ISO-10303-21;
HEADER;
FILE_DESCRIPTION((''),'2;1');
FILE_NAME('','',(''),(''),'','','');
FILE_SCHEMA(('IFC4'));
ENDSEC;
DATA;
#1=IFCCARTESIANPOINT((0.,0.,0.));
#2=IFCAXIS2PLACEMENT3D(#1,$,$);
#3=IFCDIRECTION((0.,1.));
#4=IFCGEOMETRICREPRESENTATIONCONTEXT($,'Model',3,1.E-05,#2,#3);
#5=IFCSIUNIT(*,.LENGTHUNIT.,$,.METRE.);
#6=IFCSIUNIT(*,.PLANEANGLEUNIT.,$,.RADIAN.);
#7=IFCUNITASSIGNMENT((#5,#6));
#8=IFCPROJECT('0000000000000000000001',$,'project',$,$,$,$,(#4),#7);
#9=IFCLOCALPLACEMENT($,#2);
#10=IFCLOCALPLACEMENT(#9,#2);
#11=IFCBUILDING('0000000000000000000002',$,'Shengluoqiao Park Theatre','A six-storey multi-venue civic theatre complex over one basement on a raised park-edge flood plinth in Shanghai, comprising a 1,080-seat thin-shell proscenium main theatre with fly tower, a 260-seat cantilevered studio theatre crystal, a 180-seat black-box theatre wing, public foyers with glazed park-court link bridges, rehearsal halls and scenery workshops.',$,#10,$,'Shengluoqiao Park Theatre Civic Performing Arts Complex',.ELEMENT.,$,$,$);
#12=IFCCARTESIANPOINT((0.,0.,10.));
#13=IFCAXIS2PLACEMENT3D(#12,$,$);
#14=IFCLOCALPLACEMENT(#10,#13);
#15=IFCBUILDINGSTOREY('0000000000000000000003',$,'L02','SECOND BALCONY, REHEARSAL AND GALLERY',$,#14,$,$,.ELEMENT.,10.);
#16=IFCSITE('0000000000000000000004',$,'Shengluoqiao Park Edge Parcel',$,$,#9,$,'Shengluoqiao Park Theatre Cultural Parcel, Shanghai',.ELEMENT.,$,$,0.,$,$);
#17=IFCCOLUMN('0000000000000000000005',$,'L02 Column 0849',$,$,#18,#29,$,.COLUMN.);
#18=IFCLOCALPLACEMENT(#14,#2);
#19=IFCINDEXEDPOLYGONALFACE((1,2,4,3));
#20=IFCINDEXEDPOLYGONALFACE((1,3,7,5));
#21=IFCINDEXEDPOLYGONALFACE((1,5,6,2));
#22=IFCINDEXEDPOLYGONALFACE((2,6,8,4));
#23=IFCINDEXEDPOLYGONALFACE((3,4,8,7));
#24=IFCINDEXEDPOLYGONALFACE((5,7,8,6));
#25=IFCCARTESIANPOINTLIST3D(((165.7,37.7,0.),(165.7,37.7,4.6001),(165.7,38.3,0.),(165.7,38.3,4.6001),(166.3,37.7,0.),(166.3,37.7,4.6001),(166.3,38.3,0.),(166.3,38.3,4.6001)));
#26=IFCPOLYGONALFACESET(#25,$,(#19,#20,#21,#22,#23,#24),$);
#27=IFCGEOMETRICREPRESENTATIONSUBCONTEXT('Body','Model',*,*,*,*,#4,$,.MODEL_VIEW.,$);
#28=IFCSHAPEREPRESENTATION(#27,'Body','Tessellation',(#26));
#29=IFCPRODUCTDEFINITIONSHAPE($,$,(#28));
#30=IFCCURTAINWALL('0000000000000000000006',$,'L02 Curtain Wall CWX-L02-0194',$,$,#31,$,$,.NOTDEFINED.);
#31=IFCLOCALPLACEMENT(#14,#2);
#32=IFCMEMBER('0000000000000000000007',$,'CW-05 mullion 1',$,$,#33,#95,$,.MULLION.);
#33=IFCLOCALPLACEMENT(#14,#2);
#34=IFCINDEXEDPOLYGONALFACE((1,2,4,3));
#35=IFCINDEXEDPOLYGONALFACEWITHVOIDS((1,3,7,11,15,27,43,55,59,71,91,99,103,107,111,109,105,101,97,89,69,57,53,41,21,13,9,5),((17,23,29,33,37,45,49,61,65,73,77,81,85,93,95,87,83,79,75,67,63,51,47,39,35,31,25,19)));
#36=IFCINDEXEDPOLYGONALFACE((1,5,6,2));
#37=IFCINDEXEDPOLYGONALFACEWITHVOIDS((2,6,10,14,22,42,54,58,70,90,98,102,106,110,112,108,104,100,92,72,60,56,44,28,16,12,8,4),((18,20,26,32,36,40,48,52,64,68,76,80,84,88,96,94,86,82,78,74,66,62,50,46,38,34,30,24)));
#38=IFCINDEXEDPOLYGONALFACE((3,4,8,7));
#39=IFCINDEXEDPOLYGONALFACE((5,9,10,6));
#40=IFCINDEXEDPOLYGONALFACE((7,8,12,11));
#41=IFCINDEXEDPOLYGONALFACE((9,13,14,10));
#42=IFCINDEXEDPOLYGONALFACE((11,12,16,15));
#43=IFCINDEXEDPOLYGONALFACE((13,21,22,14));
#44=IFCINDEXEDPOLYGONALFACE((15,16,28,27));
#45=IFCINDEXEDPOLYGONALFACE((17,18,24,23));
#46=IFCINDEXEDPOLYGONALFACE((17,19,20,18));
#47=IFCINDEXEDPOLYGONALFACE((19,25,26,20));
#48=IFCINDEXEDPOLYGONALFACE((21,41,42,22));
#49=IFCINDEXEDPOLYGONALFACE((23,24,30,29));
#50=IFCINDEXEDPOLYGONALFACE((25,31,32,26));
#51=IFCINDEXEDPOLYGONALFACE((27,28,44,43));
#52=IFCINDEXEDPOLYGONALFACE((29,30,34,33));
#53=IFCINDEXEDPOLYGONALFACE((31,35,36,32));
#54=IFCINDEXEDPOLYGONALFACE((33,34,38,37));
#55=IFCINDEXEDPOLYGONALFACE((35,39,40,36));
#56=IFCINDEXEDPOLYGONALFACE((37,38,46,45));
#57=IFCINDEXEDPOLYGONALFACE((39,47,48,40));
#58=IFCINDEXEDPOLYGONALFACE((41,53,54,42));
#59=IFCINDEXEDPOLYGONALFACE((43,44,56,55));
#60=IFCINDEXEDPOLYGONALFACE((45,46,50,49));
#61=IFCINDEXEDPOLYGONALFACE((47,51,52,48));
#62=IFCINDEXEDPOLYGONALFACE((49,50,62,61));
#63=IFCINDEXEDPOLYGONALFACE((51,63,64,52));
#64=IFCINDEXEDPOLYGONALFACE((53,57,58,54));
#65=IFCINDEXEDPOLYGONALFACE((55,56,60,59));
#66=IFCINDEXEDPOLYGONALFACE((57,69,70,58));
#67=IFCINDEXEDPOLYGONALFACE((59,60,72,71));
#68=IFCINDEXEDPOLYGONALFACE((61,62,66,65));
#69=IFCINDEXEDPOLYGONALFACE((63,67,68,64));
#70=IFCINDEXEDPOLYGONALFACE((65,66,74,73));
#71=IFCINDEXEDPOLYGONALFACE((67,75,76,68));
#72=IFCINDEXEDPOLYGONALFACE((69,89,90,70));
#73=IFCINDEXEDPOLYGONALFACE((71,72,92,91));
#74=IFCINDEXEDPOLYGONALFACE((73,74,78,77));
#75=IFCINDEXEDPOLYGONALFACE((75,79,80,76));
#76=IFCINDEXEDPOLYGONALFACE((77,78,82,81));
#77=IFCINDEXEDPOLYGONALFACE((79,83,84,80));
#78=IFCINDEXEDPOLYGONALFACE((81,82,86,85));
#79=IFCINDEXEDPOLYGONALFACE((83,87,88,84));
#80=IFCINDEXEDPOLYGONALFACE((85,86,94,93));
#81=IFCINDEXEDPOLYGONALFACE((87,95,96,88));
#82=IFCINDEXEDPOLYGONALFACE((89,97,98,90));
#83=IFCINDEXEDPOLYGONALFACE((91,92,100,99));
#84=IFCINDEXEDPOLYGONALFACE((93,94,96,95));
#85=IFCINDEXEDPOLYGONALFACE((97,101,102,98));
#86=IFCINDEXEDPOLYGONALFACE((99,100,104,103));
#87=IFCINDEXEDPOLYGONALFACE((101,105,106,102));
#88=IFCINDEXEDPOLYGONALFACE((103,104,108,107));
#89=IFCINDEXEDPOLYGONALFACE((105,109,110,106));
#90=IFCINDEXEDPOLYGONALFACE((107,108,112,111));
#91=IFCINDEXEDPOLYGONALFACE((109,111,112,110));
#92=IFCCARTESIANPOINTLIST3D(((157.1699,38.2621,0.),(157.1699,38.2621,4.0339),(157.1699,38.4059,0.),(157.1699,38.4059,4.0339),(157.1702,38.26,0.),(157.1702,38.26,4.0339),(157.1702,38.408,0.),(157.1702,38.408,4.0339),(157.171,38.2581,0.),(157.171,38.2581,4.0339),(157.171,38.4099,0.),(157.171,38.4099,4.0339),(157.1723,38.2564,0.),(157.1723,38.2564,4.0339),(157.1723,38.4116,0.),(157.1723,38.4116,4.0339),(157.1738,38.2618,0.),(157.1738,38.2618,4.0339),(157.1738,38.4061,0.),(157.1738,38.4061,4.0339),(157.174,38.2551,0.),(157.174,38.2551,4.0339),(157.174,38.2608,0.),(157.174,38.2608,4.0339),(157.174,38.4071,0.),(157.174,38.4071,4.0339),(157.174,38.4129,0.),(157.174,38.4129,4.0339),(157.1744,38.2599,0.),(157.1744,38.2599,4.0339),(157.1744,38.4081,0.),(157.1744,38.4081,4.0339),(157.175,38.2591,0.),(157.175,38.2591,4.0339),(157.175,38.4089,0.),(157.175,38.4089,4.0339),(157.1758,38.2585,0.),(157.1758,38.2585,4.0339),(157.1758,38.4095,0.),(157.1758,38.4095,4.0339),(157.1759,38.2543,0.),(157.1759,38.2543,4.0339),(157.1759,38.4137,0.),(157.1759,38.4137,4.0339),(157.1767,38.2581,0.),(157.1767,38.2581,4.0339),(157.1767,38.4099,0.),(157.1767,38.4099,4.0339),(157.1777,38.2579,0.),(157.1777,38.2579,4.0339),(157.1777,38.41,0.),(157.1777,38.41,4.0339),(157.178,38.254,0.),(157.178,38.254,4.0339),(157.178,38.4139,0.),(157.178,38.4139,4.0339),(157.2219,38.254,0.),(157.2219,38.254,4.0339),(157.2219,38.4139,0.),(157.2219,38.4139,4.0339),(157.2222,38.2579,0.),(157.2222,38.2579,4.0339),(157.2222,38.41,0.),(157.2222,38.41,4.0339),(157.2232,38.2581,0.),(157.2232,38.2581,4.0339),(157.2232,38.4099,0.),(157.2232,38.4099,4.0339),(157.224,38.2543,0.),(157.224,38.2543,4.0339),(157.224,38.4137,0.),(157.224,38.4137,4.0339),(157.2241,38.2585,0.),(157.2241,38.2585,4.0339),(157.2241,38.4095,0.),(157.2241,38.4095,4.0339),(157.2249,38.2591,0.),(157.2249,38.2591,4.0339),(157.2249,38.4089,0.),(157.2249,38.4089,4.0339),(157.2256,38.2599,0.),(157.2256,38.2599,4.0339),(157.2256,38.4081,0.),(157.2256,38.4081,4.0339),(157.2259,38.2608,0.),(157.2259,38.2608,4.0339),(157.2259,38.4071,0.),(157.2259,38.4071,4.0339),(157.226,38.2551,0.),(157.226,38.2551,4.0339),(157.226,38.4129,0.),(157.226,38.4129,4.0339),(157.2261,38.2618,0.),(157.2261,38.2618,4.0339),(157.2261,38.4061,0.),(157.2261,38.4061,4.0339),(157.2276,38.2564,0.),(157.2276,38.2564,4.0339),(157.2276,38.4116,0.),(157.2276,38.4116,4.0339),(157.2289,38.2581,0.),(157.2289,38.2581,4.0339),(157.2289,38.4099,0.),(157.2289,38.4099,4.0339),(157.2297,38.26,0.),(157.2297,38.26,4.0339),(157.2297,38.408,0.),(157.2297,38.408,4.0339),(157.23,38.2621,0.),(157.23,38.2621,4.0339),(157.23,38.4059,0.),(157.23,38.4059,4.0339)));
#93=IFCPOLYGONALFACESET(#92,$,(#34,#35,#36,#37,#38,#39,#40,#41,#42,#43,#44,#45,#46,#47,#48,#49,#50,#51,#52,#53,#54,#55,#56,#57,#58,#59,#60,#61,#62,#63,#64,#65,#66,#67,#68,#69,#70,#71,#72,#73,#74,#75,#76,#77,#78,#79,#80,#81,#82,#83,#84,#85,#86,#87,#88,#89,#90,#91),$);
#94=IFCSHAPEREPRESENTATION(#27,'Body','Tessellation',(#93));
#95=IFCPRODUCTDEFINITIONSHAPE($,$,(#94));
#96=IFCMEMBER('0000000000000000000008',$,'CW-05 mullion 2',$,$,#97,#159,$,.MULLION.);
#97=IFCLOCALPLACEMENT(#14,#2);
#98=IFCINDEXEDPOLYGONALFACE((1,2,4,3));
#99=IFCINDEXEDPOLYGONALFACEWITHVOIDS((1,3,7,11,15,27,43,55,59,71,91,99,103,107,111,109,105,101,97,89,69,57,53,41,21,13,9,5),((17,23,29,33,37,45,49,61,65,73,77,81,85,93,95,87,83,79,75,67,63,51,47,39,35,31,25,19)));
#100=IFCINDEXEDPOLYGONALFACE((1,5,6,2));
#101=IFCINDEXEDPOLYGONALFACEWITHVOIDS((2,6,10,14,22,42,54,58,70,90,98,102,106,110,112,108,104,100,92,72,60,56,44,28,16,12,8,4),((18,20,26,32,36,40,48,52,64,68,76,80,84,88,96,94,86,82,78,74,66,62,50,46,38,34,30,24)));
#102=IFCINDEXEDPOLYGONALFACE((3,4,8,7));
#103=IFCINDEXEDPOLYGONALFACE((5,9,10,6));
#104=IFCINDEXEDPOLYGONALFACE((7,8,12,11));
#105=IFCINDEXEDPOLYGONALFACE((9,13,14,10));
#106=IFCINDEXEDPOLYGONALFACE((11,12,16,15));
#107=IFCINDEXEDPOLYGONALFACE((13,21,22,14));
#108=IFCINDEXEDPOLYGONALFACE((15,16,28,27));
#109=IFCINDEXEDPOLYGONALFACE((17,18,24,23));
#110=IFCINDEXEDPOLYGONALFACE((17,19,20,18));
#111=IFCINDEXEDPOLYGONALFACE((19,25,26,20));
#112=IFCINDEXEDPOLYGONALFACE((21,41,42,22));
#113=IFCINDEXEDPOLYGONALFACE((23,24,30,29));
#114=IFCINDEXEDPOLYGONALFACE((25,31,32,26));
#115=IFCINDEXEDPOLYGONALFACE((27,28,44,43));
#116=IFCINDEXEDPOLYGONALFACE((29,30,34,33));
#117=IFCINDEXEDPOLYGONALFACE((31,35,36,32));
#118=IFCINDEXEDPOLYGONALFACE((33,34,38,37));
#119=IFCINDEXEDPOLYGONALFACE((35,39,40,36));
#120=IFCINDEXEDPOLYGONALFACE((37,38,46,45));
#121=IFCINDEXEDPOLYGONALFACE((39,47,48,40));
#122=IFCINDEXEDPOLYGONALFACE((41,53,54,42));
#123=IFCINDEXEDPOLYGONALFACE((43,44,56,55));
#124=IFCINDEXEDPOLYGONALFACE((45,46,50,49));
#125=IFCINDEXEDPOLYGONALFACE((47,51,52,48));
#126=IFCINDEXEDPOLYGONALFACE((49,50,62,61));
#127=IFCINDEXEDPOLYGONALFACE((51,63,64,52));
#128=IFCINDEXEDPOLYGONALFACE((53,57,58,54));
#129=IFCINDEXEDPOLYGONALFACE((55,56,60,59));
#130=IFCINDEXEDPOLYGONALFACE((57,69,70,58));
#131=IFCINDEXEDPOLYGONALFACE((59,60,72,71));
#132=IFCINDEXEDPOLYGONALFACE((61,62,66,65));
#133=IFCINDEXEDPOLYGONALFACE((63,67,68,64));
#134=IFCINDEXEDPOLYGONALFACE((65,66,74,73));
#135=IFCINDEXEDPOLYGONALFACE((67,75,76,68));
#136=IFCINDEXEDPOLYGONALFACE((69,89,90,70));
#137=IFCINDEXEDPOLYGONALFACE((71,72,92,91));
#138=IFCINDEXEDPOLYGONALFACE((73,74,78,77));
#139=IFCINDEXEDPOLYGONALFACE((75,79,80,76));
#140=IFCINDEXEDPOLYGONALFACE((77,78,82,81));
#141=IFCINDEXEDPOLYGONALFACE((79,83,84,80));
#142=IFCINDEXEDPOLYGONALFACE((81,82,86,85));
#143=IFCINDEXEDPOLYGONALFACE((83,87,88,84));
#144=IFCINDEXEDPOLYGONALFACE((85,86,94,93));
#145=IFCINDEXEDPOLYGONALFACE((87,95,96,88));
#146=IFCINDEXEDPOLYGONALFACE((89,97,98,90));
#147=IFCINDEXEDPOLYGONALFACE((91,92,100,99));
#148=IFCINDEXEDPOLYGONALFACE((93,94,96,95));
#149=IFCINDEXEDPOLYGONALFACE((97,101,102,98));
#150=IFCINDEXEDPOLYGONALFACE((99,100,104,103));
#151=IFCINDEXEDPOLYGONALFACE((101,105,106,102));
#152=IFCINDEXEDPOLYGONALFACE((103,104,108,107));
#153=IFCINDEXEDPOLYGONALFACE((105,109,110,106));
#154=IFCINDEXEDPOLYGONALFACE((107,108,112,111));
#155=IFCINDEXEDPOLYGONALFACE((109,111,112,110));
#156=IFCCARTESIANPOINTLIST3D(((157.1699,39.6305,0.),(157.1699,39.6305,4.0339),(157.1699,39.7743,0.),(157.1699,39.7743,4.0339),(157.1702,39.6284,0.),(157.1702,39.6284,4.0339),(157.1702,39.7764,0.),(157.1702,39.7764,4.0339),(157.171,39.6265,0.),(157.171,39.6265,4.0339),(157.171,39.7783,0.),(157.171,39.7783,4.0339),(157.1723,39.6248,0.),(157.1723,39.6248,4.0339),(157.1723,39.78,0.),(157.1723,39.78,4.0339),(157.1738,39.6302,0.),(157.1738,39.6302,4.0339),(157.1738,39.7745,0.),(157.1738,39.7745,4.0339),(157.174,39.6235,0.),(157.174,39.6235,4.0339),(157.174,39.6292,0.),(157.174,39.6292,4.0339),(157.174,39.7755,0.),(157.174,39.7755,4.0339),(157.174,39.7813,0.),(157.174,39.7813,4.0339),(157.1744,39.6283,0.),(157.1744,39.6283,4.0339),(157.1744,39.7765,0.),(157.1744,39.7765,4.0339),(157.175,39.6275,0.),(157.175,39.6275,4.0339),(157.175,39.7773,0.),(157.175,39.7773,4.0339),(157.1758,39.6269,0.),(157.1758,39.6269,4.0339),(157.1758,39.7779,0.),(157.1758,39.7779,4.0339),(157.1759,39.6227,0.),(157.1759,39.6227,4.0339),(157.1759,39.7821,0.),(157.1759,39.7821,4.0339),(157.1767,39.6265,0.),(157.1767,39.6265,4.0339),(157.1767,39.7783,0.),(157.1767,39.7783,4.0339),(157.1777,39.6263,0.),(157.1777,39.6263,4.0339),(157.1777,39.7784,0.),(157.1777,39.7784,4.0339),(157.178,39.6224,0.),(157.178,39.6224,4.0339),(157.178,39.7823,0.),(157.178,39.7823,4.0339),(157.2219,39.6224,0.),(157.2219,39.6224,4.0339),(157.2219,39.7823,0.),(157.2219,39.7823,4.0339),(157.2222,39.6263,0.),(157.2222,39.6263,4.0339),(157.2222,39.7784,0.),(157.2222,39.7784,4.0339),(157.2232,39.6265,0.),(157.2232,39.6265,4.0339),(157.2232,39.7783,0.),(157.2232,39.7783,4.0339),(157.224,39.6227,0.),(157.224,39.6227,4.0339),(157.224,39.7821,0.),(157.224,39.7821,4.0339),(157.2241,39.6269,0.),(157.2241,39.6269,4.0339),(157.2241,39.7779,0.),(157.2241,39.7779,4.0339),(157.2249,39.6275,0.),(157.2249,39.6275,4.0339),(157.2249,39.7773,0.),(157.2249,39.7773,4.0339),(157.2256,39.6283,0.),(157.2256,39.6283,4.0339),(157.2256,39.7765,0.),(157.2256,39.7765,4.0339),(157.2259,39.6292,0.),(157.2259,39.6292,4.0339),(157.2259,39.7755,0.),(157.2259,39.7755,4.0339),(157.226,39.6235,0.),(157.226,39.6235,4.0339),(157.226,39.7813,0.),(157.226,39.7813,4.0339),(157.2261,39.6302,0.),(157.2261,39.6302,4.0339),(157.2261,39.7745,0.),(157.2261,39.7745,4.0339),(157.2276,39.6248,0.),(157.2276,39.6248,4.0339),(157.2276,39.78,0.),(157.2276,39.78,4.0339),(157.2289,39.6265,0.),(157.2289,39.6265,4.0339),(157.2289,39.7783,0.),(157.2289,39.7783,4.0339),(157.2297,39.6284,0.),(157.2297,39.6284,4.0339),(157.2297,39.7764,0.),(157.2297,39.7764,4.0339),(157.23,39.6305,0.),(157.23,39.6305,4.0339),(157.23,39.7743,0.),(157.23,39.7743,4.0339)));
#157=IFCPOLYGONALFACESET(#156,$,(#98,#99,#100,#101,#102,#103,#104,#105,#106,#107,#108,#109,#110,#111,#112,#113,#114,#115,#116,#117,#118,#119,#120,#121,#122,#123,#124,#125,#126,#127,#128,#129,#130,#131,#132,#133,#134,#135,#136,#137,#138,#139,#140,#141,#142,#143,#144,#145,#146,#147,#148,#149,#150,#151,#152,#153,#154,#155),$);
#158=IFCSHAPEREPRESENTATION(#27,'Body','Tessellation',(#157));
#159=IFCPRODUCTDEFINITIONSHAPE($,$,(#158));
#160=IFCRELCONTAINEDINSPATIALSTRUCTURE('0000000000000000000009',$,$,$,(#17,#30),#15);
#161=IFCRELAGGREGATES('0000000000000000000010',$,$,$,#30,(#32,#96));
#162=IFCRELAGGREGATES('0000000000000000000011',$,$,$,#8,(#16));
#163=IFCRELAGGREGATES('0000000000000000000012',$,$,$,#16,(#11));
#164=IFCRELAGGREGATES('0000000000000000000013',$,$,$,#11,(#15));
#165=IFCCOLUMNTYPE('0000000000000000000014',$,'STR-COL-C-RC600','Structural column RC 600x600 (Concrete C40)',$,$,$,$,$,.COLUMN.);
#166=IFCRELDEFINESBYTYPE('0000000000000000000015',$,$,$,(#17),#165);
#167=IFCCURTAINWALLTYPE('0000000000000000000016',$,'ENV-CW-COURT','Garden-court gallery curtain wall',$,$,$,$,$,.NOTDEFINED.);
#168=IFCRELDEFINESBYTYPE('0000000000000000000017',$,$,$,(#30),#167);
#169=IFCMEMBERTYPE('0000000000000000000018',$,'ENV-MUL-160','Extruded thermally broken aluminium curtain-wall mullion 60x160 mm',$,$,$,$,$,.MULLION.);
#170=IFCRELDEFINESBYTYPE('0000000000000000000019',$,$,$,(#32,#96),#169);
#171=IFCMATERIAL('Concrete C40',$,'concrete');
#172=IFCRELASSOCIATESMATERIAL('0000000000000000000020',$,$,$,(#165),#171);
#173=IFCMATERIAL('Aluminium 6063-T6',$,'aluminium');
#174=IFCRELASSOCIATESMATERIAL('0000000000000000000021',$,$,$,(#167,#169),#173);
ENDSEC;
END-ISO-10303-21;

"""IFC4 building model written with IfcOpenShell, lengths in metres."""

from ifc_helpers import new_model, si_unit, direction, frame, origin, origin_2d, place, context, subcontext, project, spatial, rectangle, hollow_rectangle, extrude, material, material_profile, profile_set, type_object, element, aggregate, save


model = new_model("IFC4")

# Units and contexts
model_context = context("Model", 3, precision=1e-05, world=origin(), true_north=direction((0.0, 1.0)))
body_context = subcontext(model_context, "Body", "Model", "MODEL_VIEW")
ifc_project = project(units=[si_unit("LENGTHUNIT", "METRE"), si_unit("PLANEANGLEUNIT", "RADIAN")], contexts=[model_context])

# Site, building, storey
site_placement = place(None, origin())
site = spatial("IfcSite", under=ifc_project, at=site_placement, Name="Shengluoqiao Park Edge Parcel", LongName="Shengluoqiao Park Theatre Cultural Parcel, Shanghai", CompositionType="ELEMENT", RefElevation=0.0)
building_placement = place(site_placement, origin())
building = spatial("IfcBuilding", under=site, at=building_placement, Name="Shengluoqiao Park Theatre", Description="A six-storey multi-venue civic theatre complex over one basement on a raised park-edge flood plinth in Shanghai, comprising a 1,080-seat thin-shell proscenium main theatre with fly tower, a 260-seat cantilevered studio theatre crystal, a 180-seat black-box theatre wing, public foyers with glazed park-court link bridges, rehearsal halls and scenery workshops.", LongName="Shengluoqiao Park Theatre Civic Performing Arts Complex", CompositionType="ELEMENT")
storey_placement = place(building_placement, frame((0.0, 0.0, 10.0)))
storey = spatial("IfcBuildingStorey", under=building, at=storey_placement, Name="L02", Description="SECOND BALCONY, REHEARSAL AND GALLERY", CompositionType="ELEMENT", Elevation=10.0)

# Column
ifc_material_1 = material(Name="Concrete C40", Category="concrete")
ifc_material_profile_1 = material_profile(ifc_material_1, rectangle(XDim=0.6001, YDim=0.6001, at=origin_2d()), Name="RC 600x600")
ifc_profile_set_1 = profile_set([ifc_material_profile_1], Name="Concrete C40")
column_type = type_object("IfcColumnType", Name="STR-COL-C-RC600", Description="Structural column RC 600x600 (Concrete C40)", PredefinedType="COLUMN", material=ifc_profile_set_1)
column_placement = place(storey_placement, frame((166.0, 38.0, 0.0), z_axis=(0.0, 0.0, 1.0), x_axis=(1.0, 0.0, 0.0)))
element("IfcColumn", 1, at=column_placement, inside=storey, type_object=column_type, Name="L02 Column 0849", PredefinedType="COLUMN", context=body_context, shape_type="SweptSolid", body=[
    extrude(rectangle(XDim=0.6001, YDim=0.6001, at=origin_2d()), origin(), (0.0, 0.0, 1.0), 4.6001),
])

# Curtain wall, members
ifc_material_2 = material(Name="Aluminium 6063-T6", Category="aluminium")
curtain_wall_type = type_object("IfcCurtainWallType", Name="ENV-CW-COURT", Description="Garden-court gallery curtain wall", PredefinedType="NOTDEFINED", material=ifc_material_2)
curtain_wall_placement = place(storey_placement, origin())
curtain_wall = element("IfcCurtainWall", 2, at=curtain_wall_placement, inside=storey, type_object=curtain_wall_type, Name="L02 Curtain Wall CWX-L02-0194", PredefinedType="NOTDEFINED")
ifc_material_profile_2 = material_profile(ifc_material_2, hollow_rectangle(XDim=0.0601, YDim=0.1599, WallThickness=0.0039, InnerFilletRadius=0.0039, OuterFilletRadius=0.0081, at=origin_2d()), Name="ALU MULLION 160x60x4")
ifc_profile_set_2 = profile_set([ifc_material_profile_2], Name="Aluminium 6063-T6")
member_type_1 = type_object("IfcMemberType", Name="ENV-MUL-160", Description="Extruded thermally broken aluminium curtain-wall mullion 60x160 mm", PredefinedType="MULLION", material=ifc_profile_set_2)
member_1_placement = place(storey_placement, frame((157.2, 38.334, 0.0), z_axis=(0.0, 0.0, 1.0), x_axis=(-1.0, 0.0, 0.0)))
member_1 = element("IfcMember", 3, at=member_1_placement, type_object=member_type_1, Name="CW-05 mullion 1", PredefinedType="MULLION", context=body_context, shape_type="SweptSolid", body=[
    extrude(hollow_rectangle(XDim=0.0601, YDim=0.1599, WallThickness=0.0039, InnerFilletRadius=0.0039, OuterFilletRadius=0.0081, at=origin_2d()), origin(), (0.0, 0.0, 1.0), 4.0339),
])
member_2_placement = place(storey_placement, frame((157.2, 39.7024, 0.0), z_axis=(0.0, 0.0, 1.0), x_axis=(-1.0, 0.0, 0.0)))
member_2 = element("IfcMember", 4, at=member_2_placement, type_object=member_type_1, Name="CW-05 mullion 2", PredefinedType="MULLION", context=body_context, shape_type="SweptSolid", body=[
    extrude(hollow_rectangle(XDim=0.0601, YDim=0.1599, WallThickness=0.0039, InnerFilletRadius=0.0039, OuterFilletRadius=0.0081, at=origin_2d()), origin(), (0.0, 0.0, 1.0), 4.0339),
])

aggregate(curtain_wall, [member_1, member_2])

save(model, "model.ifc")
